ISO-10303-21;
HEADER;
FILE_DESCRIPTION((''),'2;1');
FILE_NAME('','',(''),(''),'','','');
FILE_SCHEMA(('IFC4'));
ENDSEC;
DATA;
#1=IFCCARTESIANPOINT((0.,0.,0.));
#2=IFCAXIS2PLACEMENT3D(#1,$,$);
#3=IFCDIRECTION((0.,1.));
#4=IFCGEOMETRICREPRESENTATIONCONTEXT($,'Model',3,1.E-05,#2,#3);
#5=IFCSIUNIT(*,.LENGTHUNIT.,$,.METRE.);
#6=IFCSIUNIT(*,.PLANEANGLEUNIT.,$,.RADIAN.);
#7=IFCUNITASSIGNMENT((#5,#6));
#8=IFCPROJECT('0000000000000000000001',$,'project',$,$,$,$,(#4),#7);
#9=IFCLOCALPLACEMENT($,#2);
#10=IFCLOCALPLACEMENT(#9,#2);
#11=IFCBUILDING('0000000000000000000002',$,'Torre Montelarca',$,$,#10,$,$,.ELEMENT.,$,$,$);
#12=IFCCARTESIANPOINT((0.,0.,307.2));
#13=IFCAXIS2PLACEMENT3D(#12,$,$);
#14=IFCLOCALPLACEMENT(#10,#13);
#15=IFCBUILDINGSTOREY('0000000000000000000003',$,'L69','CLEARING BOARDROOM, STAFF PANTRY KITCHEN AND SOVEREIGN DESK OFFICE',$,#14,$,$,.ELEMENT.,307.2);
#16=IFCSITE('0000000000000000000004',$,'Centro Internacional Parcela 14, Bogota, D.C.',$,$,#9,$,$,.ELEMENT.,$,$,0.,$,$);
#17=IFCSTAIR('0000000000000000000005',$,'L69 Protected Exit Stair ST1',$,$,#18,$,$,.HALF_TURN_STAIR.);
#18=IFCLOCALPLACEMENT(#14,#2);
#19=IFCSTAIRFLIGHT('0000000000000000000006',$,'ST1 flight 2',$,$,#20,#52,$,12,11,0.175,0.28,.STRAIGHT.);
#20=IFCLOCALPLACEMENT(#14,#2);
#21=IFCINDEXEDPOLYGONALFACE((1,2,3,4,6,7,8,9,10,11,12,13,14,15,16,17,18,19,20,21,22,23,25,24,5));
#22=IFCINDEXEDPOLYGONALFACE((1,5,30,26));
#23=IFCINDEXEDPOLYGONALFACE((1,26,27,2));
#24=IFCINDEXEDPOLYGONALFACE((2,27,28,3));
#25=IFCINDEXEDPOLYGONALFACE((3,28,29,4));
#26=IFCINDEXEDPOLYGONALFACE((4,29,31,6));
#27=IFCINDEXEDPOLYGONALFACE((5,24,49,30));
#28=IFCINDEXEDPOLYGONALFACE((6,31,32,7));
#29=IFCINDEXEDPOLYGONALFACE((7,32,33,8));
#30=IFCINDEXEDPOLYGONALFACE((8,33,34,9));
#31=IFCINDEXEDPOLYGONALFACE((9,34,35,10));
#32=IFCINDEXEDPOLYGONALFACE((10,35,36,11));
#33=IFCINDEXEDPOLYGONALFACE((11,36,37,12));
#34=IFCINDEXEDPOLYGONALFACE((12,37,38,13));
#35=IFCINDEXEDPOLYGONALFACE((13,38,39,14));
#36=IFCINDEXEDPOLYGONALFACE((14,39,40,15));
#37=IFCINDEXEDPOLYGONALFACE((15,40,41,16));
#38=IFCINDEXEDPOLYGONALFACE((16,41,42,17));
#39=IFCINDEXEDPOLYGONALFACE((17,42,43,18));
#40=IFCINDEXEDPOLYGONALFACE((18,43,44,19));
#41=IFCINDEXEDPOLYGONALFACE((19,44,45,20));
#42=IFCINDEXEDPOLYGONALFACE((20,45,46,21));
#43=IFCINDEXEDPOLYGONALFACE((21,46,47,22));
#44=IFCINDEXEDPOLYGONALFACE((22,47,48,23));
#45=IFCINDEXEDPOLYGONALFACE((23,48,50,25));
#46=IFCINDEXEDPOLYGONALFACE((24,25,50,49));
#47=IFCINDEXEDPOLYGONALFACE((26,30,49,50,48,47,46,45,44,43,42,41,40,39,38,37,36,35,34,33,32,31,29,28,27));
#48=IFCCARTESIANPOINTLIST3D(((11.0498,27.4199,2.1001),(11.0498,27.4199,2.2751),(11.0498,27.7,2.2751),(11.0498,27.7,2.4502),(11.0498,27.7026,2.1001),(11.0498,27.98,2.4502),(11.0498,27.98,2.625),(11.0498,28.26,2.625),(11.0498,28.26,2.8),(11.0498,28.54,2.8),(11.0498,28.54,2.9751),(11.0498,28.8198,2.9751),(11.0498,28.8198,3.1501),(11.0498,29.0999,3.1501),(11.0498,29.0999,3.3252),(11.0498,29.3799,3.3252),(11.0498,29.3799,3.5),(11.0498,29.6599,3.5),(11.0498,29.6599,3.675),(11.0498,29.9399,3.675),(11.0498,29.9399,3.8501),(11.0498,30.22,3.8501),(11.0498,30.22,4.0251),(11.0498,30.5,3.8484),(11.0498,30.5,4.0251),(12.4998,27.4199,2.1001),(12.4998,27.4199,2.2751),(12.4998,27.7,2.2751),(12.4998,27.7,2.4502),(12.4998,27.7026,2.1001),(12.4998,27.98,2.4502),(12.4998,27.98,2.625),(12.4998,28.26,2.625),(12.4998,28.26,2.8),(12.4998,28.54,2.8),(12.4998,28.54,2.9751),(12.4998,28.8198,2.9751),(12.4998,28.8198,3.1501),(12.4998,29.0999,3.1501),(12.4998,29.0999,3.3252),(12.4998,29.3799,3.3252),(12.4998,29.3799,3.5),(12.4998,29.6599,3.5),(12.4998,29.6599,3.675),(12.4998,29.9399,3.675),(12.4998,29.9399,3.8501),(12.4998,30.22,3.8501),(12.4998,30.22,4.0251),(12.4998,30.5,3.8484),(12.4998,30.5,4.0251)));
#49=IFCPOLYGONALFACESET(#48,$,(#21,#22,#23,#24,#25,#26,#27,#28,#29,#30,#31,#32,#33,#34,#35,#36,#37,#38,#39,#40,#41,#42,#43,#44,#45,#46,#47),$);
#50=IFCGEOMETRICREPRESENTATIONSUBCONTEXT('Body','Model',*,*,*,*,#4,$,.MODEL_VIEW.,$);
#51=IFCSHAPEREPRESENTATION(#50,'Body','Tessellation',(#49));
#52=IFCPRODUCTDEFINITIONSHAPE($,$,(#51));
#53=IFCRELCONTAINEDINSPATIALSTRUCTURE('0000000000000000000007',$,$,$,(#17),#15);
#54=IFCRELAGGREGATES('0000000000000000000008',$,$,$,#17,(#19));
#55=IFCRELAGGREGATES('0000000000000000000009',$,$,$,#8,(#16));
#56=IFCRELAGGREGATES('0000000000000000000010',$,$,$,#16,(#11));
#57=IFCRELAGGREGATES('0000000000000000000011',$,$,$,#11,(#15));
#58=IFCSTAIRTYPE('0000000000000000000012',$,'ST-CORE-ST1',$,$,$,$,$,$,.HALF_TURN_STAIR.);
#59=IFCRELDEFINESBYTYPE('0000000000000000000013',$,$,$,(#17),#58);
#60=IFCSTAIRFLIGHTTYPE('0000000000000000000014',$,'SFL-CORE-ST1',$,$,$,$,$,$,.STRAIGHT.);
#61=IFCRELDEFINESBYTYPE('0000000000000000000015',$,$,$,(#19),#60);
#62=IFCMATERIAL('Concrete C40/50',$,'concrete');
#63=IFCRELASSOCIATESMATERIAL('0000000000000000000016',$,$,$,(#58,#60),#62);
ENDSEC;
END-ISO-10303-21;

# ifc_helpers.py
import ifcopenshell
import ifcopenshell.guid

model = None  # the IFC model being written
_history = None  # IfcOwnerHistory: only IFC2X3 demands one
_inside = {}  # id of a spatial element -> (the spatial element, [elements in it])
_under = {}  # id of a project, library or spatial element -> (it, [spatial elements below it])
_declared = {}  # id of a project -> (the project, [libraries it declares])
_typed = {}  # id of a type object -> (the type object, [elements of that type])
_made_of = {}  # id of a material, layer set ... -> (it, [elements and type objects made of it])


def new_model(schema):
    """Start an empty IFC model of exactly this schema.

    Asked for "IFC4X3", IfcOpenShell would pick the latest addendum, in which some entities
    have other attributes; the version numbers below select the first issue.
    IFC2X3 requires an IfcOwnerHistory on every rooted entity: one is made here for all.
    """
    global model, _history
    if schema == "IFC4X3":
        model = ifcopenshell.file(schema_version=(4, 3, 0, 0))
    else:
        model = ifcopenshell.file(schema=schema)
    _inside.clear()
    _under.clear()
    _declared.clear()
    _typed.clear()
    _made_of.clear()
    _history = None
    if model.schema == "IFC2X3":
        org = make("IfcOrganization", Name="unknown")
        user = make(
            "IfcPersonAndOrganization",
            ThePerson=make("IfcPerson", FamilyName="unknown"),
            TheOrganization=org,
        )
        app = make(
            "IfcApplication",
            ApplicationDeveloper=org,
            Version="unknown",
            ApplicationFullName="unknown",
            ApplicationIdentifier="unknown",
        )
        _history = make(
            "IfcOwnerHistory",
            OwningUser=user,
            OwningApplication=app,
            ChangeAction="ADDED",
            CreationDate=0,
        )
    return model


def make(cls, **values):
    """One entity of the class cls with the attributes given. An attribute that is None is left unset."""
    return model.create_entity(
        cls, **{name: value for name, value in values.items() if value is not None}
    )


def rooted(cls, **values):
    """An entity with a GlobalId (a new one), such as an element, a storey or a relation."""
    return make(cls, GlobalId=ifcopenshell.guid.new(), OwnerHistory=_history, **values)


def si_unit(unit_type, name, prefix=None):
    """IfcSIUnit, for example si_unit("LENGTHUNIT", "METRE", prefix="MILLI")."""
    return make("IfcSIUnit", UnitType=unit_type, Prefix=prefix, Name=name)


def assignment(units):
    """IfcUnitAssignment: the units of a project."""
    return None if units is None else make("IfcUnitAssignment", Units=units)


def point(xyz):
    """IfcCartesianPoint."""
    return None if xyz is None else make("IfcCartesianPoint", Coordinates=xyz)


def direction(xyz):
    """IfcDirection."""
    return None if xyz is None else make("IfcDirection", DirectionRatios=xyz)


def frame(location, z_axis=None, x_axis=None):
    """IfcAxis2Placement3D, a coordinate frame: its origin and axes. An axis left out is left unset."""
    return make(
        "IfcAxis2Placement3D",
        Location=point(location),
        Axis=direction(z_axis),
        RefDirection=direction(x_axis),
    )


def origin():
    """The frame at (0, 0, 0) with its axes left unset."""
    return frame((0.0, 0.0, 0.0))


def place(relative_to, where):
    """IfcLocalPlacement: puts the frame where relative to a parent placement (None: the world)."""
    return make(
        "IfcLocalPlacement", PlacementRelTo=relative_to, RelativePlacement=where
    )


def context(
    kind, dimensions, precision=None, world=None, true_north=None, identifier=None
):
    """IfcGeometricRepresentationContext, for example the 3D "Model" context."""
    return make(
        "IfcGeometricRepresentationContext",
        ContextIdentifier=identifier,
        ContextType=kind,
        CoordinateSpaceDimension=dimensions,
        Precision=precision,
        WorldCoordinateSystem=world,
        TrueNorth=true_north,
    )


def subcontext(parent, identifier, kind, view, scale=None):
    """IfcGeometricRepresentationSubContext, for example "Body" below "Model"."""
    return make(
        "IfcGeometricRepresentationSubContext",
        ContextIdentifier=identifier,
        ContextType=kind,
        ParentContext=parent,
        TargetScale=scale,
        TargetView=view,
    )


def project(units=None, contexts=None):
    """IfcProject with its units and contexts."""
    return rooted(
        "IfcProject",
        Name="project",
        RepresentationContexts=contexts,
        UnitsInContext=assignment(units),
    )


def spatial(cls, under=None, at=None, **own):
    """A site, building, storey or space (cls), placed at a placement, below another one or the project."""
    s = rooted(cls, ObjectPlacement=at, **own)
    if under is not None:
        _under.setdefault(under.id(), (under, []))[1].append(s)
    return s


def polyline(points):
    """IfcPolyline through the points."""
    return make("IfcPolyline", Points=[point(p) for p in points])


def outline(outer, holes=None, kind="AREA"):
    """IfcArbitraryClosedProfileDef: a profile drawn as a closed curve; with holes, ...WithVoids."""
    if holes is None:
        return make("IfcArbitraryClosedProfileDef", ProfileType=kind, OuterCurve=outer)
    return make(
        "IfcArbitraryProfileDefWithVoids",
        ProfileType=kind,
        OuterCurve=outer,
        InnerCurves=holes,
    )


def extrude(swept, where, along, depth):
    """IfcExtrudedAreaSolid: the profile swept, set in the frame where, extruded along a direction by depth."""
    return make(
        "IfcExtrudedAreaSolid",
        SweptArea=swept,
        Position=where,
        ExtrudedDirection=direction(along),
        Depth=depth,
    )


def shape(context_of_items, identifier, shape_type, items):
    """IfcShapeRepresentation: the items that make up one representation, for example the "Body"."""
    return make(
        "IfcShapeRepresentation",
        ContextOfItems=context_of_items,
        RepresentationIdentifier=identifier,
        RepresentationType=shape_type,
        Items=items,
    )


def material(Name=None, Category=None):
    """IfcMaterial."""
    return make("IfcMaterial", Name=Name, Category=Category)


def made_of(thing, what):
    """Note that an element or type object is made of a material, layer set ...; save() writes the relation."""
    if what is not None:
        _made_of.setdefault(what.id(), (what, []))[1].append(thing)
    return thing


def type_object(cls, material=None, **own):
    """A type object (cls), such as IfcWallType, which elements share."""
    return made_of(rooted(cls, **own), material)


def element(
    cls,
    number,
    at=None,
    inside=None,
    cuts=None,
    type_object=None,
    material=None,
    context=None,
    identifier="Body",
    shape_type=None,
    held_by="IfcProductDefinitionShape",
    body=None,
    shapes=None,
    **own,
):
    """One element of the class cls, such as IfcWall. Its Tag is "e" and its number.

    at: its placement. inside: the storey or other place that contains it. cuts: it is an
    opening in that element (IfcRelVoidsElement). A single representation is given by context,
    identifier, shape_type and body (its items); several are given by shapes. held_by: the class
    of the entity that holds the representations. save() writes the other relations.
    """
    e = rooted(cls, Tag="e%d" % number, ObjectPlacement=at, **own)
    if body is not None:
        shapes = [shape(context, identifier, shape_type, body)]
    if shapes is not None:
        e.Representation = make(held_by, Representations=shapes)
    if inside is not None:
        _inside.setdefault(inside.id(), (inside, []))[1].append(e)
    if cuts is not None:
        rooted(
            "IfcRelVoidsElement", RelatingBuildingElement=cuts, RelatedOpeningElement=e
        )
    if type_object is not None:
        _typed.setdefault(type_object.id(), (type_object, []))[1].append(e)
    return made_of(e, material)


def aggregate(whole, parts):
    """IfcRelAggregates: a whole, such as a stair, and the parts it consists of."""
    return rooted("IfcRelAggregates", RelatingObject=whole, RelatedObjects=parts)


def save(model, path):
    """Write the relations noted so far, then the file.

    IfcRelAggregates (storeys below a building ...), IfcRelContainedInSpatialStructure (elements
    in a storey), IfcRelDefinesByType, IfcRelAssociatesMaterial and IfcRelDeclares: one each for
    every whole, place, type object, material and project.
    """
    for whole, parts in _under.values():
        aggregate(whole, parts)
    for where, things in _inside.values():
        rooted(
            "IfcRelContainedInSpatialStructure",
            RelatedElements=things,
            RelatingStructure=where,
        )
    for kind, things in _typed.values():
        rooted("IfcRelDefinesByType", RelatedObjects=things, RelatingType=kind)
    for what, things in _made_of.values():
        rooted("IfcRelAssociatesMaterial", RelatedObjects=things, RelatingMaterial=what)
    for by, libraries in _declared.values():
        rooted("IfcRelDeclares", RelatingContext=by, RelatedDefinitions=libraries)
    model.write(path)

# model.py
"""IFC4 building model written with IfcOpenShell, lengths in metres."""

from ifc_helpers import new_model, si_unit, direction, frame, origin, place, context, subcontext, project, spatial, polyline, outline, extrude, material, type_object, element, aggregate, save


model = new_model("IFC4")

# Units and contexts
model_context = context("Model", 3, precision=1e-05, world=origin(), true_north=direction((0.0, 1.0)))
body_context = subcontext(model_context, "Body", "Model", "MODEL_VIEW")
ifc_project = project(units=[si_unit("LENGTHUNIT", "METRE"), si_unit("PLANEANGLEUNIT", "RADIAN")], contexts=[model_context])

# Site, building, storey
site_placement = place(None, origin())
site = spatial("IfcSite", under=ifc_project, at=site_placement, Name="Centro Internacional Parcela 14, Bogota, D.C.", CompositionType="ELEMENT", RefElevation=0.0)
building_placement = place(site_placement, origin())
building = spatial("IfcBuilding", under=site, at=building_placement, Name="Torre Montelarca", CompositionType="ELEMENT")
storey_placement = place(building_placement, frame((0.0, 0.0, 307.2)))
storey = spatial("IfcBuildingStorey", under=building, at=storey_placement, Name="L69", Description="CLEARING BOARDROOM, STAFF PANTRY KITCHEN AND SOVEREIGN DESK OFFICE", CompositionType="ELEMENT", Elevation=307.2)

# Shared definitions
ifc_material_1 = material(Name="Concrete C40/50", Category="concrete")

# Stair, stair flight
stair_type = type_object("IfcStairType", Name="ST-CORE-ST1", PredefinedType="HALF_TURN_STAIR", material=ifc_material_1)
stair_placement = place(storey_placement, origin())
stair = element("IfcStair", 1, at=stair_placement, inside=storey, type_object=stair_type, Name="L69 Protected Exit Stair ST1", PredefinedType="HALF_TURN_STAIR")
stair_flight_type = type_object("IfcStairFlightType", Name="SFL-CORE-ST1", PredefinedType="STRAIGHT", material=ifc_material_1)
stair_flight_1_placement = place(storey_placement, frame((11.7749, 27.4199, 2.1001), z_axis=(0.0, 0.0, 1.0), x_axis=(0.0, 1.0, 0.0)))
stair_flight_1 = element("IfcStairFlight", 2, at=stair_flight_1_placement, type_object=stair_flight_type, Name="ST1 flight 2", NumberOfRisers=12, NumberOfTreads=11, PredefinedType="STRAIGHT", RiserHeight=0.175, TreadLength=0.28, context=body_context, shape_type="SweptSolid", body=[
    extrude(outline(polyline([(0.0, 0.0), (0.0, 0.175), (0.28, 0.175), (0.28, 0.3501), (0.5601, 0.3501), (0.5601, 0.5249), (0.8401, 0.5249), (0.8401, 0.7), (1.1201, 0.7), (1.1201, 0.875), (1.3999, 0.875), (1.3999, 1.05), (1.6799, 1.05), (1.6799, 1.2251), (1.96, 1.2251), (1.96, 1.3999), (2.24, 1.3999), (2.24, 1.575), (2.52, 1.575), (2.52, 1.75), (2.8, 1.75), (2.8, 1.925), (3.0801, 1.925), (3.0801, 2.1001), (3.0801, 1.7483), (0.2827, 0.0), (0.0, 0.0)])), frame((0.0, 0.7251, 0.0), z_axis=(0.0, -1.0, 0.0), x_axis=(1.0, 0.0, 0.0)), (0.0, 0.0, 1.0), 1.45),
])
aggregate(stair, [stair_flight_1])

save(model, "model.ifc")
